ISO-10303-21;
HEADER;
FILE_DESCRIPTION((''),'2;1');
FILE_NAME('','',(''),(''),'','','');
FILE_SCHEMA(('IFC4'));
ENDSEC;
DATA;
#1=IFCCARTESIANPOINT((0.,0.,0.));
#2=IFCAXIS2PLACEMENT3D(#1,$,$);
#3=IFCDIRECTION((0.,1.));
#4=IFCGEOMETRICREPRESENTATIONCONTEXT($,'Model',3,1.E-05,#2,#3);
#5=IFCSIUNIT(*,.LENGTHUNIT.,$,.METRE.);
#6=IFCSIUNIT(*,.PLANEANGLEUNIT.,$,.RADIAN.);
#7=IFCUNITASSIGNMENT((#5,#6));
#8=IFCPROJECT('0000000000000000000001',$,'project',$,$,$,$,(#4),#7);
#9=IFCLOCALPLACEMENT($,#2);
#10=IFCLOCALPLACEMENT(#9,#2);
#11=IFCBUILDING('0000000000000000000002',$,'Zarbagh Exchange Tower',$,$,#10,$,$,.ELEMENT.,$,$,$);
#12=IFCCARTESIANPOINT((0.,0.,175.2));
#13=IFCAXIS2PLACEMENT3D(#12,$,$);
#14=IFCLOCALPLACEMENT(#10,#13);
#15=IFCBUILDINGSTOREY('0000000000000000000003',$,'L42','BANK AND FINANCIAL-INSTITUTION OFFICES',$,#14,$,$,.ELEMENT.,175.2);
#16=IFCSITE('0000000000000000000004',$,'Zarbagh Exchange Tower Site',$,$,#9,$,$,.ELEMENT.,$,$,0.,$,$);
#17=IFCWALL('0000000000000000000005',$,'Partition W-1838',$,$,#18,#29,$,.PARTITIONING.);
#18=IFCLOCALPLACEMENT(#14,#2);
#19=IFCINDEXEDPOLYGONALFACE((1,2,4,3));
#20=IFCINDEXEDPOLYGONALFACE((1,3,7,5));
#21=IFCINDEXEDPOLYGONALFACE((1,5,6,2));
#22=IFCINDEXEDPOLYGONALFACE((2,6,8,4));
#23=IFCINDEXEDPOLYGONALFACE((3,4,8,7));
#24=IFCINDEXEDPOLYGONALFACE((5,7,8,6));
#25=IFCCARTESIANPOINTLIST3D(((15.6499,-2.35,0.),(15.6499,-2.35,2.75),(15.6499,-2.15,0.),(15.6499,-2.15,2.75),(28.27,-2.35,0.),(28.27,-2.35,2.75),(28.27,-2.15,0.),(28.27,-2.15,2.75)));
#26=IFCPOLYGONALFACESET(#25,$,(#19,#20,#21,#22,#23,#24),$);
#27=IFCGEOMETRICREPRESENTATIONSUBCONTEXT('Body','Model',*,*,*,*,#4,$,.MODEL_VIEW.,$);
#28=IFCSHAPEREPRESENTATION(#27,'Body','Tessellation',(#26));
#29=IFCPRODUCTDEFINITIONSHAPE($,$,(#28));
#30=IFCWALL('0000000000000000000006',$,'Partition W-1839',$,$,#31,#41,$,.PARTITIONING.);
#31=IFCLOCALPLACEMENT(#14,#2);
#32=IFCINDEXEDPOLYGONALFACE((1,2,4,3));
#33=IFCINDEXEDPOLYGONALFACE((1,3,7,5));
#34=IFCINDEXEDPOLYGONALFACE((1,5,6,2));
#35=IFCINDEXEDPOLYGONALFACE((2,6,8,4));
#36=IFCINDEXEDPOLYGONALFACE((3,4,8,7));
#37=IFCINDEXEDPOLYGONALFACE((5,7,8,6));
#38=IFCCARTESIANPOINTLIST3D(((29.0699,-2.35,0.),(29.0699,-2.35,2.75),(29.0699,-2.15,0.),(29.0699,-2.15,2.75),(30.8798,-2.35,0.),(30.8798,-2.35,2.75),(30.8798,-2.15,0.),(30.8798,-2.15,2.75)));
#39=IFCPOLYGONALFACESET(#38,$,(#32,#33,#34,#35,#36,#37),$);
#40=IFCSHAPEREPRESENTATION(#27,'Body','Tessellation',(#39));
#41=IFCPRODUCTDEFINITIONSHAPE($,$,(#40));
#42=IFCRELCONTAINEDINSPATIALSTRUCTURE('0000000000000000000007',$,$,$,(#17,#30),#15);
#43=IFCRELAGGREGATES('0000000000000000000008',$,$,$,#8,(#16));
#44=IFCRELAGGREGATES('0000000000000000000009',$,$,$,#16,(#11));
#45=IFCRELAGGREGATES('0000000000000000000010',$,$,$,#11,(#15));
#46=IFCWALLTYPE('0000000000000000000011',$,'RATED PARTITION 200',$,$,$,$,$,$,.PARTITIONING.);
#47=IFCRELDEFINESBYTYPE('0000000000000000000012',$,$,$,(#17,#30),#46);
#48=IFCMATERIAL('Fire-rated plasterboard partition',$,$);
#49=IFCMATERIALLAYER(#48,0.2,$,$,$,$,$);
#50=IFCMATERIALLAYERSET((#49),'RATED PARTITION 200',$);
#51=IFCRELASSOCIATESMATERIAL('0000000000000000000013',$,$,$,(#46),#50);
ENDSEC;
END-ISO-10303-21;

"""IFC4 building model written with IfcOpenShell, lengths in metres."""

from ifc_helpers import new_model, si_unit, direction, frame, frame_2d, origin, place, context, subcontext, project, spatial, rectangle, extrude, material, layer, layer_set, type_object, element, save


model = new_model("IFC4")

# Units and contexts
model_context = context("Model", 3, precision=1e-05, world=origin(), true_north=direction((0.0, 1.0)))
body_context = subcontext(model_context, "Body", "Model", "MODEL_VIEW")
ifc_project = project(units=[si_unit("LENGTHUNIT", "METRE"), si_unit("PLANEANGLEUNIT", "RADIAN")], contexts=[model_context])

# Site, building, storey
site_placement = place(None, origin())
site = spatial("IfcSite", under=ifc_project, at=site_placement, Name="Zarbagh Exchange Tower Site", CompositionType="ELEMENT", RefElevation=0.0)
building_placement = place(site_placement, origin())
building = spatial("IfcBuilding", under=site, at=building_placement, Name="Zarbagh Exchange Tower", CompositionType="ELEMENT")
storey_placement = place(building_placement, frame((0.0, 0.0, 175.2)))
storey = spatial("IfcBuildingStorey", under=building, at=storey_placement, Name="L42", Description="BANK AND FINANCIAL-INSTITUTION OFFICES", CompositionType="ELEMENT", Elevation=175.2)

# Shared definitions
ifc_material_1 = material(Name="Fire-rated plasterboard partition")
ifc_layer = layer(ifc_material_1, 0.2)
ifc_layer_set = layer_set([ifc_layer], Name="RATED PARTITION 200")
wall_type = type_object("IfcWallType", Name="RATED PARTITION 200", PredefinedType="PARTITIONING", material=ifc_layer_set)

# Walls
wall_1_placement = place(storey_placement, frame((15.6499, -2.25, 0.0), z_axis=(0.0, 0.0, 1.0), x_axis=(1.0, 0.0, 0.0)))
element("IfcWall", 1, at=wall_1_placement, inside=storey, type_object=wall_type, Name="Partition W-1838", PredefinedType="PARTITIONING", context=body_context, shape_type="SweptSolid", body=[
    extrude(rectangle(XDim=12.6201, YDim=0.2, at=frame_2d((6.3101, 0.0))), origin(), (0.0, 0.0, 1.0), 2.75),
])
wall_2_placement = place(storey_placement, frame((29.0701, -2.25, 0.0), z_axis=(0.0, 0.0, 1.0), x_axis=(1.0, 0.0, 0.0)))
element("IfcWall", 2, at=wall_2_placement, inside=storey, type_object=wall_type, Name="Partition W-1839", PredefinedType="PARTITIONING", context=body_context, shape_type="SweptSolid", body=[
    extrude(rectangle(XDim=1.8098, YDim=0.2, at=frame_2d((0.9048, 0.0))), origin(), (0.0, 0.0, 1.0), 2.75),
])

save(model, "model.ifc")
